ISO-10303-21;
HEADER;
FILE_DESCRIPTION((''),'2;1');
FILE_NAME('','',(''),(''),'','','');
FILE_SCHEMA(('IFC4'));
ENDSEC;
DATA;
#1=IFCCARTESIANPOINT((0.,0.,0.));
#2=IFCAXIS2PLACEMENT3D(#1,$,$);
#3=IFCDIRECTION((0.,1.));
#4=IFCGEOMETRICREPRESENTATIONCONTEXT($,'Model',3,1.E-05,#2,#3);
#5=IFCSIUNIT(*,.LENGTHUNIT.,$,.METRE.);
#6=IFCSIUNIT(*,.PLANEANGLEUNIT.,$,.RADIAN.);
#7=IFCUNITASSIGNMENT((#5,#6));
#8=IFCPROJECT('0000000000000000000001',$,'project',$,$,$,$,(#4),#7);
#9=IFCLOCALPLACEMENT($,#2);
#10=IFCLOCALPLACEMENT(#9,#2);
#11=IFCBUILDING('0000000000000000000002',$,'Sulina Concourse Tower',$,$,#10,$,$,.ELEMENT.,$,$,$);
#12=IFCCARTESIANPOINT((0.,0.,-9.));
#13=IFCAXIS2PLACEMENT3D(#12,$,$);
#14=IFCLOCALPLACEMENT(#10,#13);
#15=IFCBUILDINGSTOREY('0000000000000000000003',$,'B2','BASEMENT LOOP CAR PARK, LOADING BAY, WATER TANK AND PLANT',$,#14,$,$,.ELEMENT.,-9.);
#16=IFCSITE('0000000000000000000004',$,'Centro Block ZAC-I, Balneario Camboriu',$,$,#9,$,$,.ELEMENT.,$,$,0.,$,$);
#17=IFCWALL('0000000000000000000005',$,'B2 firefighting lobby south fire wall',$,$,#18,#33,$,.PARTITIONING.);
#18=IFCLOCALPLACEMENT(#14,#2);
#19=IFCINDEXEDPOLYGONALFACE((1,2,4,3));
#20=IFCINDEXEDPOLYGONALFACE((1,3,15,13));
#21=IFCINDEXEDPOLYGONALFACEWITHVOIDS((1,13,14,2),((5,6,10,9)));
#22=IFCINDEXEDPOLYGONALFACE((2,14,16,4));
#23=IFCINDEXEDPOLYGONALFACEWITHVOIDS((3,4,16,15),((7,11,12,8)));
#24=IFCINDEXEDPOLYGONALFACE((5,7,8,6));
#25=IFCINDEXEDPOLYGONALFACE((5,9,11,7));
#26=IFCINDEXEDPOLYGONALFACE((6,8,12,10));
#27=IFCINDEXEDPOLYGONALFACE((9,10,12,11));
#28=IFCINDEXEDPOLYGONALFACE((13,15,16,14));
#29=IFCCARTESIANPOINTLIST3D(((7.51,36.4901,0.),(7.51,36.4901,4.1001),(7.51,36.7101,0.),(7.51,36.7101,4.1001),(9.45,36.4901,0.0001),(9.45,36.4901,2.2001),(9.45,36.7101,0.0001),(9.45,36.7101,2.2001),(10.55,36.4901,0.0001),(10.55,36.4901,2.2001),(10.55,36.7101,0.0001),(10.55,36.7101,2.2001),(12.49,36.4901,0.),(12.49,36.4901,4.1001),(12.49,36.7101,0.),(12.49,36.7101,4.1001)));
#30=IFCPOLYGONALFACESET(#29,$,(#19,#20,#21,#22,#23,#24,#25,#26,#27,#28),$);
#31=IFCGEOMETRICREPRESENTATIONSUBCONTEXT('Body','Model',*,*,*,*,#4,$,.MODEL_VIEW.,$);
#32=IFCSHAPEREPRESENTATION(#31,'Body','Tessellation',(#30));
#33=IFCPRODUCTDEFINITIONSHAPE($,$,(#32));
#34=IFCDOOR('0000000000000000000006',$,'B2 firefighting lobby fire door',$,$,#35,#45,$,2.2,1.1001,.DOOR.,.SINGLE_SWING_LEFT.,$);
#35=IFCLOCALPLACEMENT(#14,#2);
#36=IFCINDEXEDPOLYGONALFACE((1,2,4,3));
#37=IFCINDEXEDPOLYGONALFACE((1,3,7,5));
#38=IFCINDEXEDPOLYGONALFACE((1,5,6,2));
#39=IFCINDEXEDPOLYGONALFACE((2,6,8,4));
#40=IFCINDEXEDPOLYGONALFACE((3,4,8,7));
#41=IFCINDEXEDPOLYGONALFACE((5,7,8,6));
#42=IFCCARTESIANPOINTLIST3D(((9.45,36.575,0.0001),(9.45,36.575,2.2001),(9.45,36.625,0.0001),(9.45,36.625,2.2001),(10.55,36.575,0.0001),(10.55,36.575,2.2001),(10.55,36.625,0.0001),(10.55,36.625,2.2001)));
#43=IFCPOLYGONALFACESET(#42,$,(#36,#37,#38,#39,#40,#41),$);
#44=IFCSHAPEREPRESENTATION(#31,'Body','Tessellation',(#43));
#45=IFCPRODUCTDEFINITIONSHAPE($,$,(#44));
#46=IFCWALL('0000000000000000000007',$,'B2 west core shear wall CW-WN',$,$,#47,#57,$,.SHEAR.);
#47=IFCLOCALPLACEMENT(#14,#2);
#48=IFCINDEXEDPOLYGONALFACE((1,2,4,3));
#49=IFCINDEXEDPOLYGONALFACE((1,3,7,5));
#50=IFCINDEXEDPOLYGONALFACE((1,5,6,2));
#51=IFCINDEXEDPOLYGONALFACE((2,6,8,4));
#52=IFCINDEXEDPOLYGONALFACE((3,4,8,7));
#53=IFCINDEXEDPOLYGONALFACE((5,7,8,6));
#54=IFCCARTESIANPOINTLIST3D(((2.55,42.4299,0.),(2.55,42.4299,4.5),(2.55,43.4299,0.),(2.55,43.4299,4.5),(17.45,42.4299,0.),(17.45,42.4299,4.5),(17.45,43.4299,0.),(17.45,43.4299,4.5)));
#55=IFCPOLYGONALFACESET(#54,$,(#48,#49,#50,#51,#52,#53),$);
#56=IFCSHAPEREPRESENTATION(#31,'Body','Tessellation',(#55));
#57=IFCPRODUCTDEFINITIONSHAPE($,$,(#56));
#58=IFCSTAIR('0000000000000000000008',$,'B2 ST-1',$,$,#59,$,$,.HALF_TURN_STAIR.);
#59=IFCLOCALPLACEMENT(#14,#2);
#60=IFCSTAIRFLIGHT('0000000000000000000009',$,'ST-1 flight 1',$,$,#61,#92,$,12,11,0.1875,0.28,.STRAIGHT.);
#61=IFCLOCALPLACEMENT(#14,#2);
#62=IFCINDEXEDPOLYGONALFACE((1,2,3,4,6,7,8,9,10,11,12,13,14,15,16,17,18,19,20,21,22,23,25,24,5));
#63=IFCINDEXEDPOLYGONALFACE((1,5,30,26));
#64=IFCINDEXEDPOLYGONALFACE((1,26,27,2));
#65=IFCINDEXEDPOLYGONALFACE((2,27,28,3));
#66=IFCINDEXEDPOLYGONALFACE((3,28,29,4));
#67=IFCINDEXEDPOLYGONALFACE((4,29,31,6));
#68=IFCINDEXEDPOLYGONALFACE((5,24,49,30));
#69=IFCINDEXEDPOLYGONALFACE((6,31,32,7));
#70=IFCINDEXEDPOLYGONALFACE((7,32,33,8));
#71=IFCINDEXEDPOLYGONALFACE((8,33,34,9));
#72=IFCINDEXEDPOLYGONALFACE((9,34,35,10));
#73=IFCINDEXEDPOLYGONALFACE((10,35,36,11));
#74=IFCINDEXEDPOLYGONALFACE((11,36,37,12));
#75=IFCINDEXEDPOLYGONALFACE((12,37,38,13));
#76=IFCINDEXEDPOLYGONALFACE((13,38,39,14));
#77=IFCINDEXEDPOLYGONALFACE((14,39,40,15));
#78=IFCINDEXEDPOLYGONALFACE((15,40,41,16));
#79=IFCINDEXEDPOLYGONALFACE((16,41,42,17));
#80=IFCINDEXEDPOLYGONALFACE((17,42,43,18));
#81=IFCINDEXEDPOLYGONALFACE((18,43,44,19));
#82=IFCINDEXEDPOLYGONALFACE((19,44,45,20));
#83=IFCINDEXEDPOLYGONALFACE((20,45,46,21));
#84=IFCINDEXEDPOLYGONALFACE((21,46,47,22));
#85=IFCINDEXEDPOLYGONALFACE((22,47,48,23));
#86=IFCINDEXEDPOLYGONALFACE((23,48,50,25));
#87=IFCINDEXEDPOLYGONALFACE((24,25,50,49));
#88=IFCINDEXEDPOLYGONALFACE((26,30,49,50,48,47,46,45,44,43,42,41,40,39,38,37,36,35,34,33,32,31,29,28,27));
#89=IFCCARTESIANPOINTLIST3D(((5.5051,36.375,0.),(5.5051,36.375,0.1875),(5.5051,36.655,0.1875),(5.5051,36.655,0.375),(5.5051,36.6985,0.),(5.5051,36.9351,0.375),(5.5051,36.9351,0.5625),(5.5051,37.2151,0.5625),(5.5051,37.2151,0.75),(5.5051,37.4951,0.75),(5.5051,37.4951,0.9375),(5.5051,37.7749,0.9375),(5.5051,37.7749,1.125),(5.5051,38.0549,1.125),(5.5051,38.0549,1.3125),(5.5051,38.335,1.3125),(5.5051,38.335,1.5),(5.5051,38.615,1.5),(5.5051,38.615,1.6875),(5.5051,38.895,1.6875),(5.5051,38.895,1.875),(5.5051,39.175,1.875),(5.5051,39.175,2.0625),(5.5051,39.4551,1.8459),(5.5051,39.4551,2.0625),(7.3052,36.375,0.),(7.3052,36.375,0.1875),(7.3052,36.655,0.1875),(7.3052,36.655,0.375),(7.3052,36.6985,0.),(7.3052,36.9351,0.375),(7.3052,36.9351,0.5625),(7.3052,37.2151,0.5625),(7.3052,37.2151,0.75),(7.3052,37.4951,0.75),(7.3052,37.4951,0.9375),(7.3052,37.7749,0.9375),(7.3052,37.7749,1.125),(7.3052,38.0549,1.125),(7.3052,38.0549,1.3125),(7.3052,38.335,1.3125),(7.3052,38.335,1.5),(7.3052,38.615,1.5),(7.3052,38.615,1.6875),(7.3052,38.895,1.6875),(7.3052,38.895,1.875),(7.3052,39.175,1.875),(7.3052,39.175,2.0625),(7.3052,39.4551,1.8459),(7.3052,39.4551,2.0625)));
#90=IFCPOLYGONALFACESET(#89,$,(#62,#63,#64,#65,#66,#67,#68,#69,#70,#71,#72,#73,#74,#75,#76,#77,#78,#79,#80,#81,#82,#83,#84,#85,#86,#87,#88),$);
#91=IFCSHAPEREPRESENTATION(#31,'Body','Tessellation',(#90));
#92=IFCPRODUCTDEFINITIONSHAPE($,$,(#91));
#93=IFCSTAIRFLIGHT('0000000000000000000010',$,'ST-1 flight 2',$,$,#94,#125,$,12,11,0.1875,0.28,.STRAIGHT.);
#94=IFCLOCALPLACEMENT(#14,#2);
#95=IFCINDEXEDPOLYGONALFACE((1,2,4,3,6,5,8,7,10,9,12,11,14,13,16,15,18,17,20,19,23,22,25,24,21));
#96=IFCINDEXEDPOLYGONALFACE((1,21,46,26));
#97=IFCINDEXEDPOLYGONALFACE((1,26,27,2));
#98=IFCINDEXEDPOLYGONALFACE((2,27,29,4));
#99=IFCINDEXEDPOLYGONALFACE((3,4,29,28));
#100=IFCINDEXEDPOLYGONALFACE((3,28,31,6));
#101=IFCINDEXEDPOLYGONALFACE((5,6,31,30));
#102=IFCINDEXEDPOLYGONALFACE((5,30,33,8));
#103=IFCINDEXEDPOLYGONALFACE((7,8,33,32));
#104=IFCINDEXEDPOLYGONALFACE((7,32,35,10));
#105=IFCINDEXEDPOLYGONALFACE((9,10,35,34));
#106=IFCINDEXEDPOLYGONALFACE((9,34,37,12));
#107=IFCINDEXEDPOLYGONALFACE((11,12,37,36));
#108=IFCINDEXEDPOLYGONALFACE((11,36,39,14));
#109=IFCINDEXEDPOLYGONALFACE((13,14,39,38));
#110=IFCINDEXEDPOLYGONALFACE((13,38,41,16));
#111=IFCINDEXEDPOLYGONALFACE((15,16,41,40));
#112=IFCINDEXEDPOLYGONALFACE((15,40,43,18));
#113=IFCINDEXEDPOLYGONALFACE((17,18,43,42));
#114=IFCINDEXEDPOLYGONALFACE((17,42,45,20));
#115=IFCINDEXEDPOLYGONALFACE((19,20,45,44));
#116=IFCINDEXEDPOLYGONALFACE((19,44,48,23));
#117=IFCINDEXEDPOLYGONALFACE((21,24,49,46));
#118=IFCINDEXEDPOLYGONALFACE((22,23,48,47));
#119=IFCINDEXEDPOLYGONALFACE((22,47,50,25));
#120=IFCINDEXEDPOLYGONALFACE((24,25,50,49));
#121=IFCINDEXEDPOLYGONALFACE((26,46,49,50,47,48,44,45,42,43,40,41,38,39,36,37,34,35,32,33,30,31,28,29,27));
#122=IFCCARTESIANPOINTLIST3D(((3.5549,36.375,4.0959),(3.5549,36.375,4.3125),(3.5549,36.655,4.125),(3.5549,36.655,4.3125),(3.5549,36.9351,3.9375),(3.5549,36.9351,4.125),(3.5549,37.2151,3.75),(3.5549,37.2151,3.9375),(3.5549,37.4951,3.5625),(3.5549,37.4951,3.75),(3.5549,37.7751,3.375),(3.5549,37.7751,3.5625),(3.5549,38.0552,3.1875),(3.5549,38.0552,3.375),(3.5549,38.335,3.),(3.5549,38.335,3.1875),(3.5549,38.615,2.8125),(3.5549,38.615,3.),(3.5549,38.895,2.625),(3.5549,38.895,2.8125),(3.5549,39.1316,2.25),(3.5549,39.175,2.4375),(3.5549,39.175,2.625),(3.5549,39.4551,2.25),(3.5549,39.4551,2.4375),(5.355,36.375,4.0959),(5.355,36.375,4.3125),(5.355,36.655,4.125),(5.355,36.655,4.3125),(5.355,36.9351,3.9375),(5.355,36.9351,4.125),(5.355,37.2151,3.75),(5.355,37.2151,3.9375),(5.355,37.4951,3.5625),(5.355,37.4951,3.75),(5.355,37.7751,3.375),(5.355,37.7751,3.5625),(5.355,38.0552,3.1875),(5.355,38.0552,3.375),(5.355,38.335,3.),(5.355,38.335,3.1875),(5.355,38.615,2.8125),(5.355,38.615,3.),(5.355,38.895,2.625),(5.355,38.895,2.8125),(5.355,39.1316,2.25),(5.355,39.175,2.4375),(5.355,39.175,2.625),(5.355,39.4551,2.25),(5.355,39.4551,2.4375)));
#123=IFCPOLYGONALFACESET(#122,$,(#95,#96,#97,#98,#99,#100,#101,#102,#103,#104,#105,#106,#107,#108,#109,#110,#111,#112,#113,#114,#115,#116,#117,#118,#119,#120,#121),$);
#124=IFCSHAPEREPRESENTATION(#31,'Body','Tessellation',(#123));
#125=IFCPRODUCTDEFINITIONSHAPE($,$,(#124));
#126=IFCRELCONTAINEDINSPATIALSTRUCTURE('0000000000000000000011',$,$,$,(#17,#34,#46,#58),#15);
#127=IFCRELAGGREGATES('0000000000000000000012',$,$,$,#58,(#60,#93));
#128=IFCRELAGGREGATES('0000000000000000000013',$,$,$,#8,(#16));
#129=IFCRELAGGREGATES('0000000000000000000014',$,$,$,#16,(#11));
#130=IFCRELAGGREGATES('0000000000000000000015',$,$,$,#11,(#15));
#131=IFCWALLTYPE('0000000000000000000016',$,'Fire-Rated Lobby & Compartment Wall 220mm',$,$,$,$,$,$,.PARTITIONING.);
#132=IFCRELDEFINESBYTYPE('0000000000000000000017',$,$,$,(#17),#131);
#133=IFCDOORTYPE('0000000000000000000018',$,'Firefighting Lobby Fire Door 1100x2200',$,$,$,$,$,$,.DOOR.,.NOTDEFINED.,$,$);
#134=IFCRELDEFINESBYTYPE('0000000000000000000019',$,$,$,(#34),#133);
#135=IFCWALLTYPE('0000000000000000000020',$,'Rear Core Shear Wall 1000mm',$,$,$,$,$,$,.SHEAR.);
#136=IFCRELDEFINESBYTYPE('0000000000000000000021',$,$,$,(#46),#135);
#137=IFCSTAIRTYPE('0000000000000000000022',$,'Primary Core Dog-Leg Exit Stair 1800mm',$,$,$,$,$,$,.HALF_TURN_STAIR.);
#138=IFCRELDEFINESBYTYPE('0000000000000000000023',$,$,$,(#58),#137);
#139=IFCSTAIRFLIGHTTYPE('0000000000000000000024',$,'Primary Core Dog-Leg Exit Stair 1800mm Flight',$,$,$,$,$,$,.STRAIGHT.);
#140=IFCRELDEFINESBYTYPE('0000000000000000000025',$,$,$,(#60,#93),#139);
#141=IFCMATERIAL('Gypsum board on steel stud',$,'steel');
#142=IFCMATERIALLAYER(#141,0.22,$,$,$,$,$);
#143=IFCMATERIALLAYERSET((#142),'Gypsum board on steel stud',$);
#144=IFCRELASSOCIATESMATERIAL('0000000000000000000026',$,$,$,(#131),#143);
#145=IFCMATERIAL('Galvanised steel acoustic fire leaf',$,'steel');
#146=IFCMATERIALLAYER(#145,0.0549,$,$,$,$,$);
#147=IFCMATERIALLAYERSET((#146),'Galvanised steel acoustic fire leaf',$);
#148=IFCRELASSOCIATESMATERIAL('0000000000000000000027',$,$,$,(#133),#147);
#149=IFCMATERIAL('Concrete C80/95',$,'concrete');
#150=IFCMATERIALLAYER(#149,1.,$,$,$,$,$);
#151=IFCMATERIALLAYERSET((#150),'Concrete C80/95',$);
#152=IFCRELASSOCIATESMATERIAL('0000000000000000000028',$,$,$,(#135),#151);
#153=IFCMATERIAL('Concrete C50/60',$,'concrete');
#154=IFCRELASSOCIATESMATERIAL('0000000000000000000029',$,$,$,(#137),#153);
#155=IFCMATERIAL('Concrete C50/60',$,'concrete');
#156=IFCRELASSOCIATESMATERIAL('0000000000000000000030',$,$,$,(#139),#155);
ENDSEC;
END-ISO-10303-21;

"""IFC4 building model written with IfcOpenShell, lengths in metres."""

from ifc_helpers import new_model, si_unit, direction, frame, frame_2d, origin, place, context, subcontext, project, spatial, polyline, rectangle, outline, extrude, material, layer, layer_set, type_object, element, fill, aggregate, save


model = new_model("IFC4")

# Units and contexts
model_context = context("Model", 3, precision=1e-05, world=origin(), true_north=direction((0.0, 1.0)))
body_context = subcontext(model_context, "Body", "Model", "MODEL_VIEW")
ifc_project = project(units=[si_unit("LENGTHUNIT", "METRE"), si_unit("PLANEANGLEUNIT", "RADIAN")], contexts=[model_context])

# Site, building, storey
site_placement = place(None, origin())
site = spatial("IfcSite", under=ifc_project, at=site_placement, Name="Centro Block ZAC-I, Balneario Camboriu", CompositionType="ELEMENT", RefElevation=0.0)
building_placement = place(site_placement, origin())
building = spatial("IfcBuilding", under=site, at=building_placement, Name="Sulina Concourse Tower", CompositionType="ELEMENT")
storey_placement = place(building_placement, frame((0.0, 0.0, -9.0)))
storey = spatial("IfcBuildingStorey", under=building, at=storey_placement, Name="B2", Description="BASEMENT LOOP CAR PARK, LOADING BAY, WATER TANK AND PLANT", CompositionType="ELEMENT", Elevation=-9.0)

# Wall, opening, door
ifc_material_1 = material(Name="Gypsum board on steel stud", Category="steel")
ifc_layer_1 = layer(ifc_material_1, 0.22)
ifc_layer_set_1 = layer_set([ifc_layer_1], Name="Gypsum board on steel stud")
wall_type_1 = type_object("IfcWallType", Name="Fire-Rated Lobby & Compartment Wall 220mm", PredefinedType="PARTITIONING", material=ifc_layer_set_1)
wall_1_placement = place(storey_placement, frame((7.51, 36.6001, 0.0), z_axis=(0.0, 0.0, 1.0), x_axis=(1.0, 0.0, 0.0)))
wall_1 = element("IfcWall", 1, at=wall_1_placement, inside=storey, type_object=wall_type_1, Name="B2 firefighting lobby south fire wall", PredefinedType="PARTITIONING", context=body_context, shape_type="SweptSolid", body=[
    extrude(rectangle(XDim=4.98, YDim=0.22, at=frame_2d((2.49, 0.0))), origin(), (0.0, 0.0, 1.0), 4.1001),
])
opening_placement = place(wall_1_placement, frame((1.9399, 0.0, 0.0)))
opening = element("IfcOpeningElement", 2, at=opening_placement, cuts=wall_1, PredefinedType="OPENING", context=body_context, shape_type="SweptSolid", body=[
    extrude(rectangle(XDim=1.1001, YDim=2.2, at=frame_2d((0.55, 1.1001))), frame((0.0, 0.1199, 0.0), z_axis=(0.0, -1.0, 0.0), x_axis=(1.0, 0.0, 0.0)), (0.0, 0.0, 1.0), 0.24),
])
ifc_material_2 = material(Name="Galvanised steel acoustic fire leaf", Category="steel")
ifc_layer_2 = layer(ifc_material_2, 0.0549)
ifc_layer_set_2 = layer_set([ifc_layer_2], Name="Galvanised steel acoustic fire leaf")
door_type = type_object("IfcDoorType", Name="Firefighting Lobby Fire Door 1100x2200", OperationType="NOTDEFINED", PredefinedType="DOOR", material=ifc_layer_set_2)
door_placement = place(opening_placement, origin())
door = element("IfcDoor", 3, at=door_placement, inside=storey, type_object=door_type, Name="B2 firefighting lobby fire door", OperationType="SINGLE_SWING_LEFT", OverallHeight=2.2, OverallWidth=1.1001, PredefinedType="DOOR", context=body_context, shape_type="SweptSolid", body=[
    extrude(rectangle(XDim=1.1001, YDim=2.2, at=frame_2d((0.55, 1.1001))), frame((0.0, 0.0249, 0.0), z_axis=(0.0, -1.0, 0.0), x_axis=(1.0, 0.0, 0.0)), (0.0, 0.0, 1.0), 0.05),
])
fill(opening, door)

# Wall
ifc_material_3 = material(Name="Concrete C80/95", Category="concrete")
ifc_layer_3 = layer(ifc_material_3, 1.0)
ifc_layer_set_3 = layer_set([ifc_layer_3], Name="Concrete C80/95")
wall_type_2 = type_object("IfcWallType", Name="Rear Core Shear Wall 1000mm", PredefinedType="SHEAR", material=ifc_layer_set_3)
wall_2_placement = place(storey_placement, frame((2.55, 42.9299, 0.0), z_axis=(0.0, 0.0, 1.0), x_axis=(1.0, 0.0, 0.0)))
element("IfcWall", 4, at=wall_2_placement, inside=storey, type_object=wall_type_2, Name="B2 west core shear wall CW-WN", PredefinedType="SHEAR", context=body_context, shape_type="SweptSolid", body=[
    extrude(rectangle(XDim=14.8999, YDim=1.0, at=frame_2d((7.45, 0.0))), origin(), (0.0, 0.0, 1.0), 4.5),
])

# Stair, stair flights
ifc_material_4 = material(Name="Concrete C50/60", Category="concrete")
stair_type = type_object("IfcStairType", Name="Primary Core Dog-Leg Exit Stair 1800mm", PredefinedType="HALF_TURN_STAIR", material=ifc_material_4)
stair_placement = place(storey_placement, origin())
stair = element("IfcStair", 5, at=stair_placement, inside=storey, type_object=stair_type, Name="B2 ST-1", PredefinedType="HALF_TURN_STAIR")
ifc_material_5 = material(Name="Concrete C50/60", Category="concrete")
stair_flight_type = type_object("IfcStairFlightType", Name="Primary Core Dog-Leg Exit Stair 1800mm Flight", PredefinedType="STRAIGHT", material=ifc_material_5)
stair_flight_1_placement = place(storey_placement, frame((6.405, 36.375, 0.0), z_axis=(0.0, 0.0, 1.0), x_axis=(0.0, 1.0, 0.0)))
stair_flight_1 = element("IfcStairFlight", 6, at=stair_flight_1_placement, type_object=stair_flight_type, Name="ST-1 flight 1", NumberOfRisers=12, NumberOfTreads=11, PredefinedType="STRAIGHT", RiserHeight=0.1875, TreadLength=0.28, context=body_context, shape_type="SweptSolid", body=[
    extrude(outline(polyline([(0.0, 0.0), (0.0, 0.1875), (0.28, 0.1875), (0.28, 0.375), (0.5601, 0.375), (0.5601, 0.5625), (0.8401, 0.5625), (0.8401, 0.75), (1.1201, 0.75), (1.1201, 0.9375), (1.3999, 0.9375), (1.3999, 1.125), (1.6799, 1.125), (1.6799, 1.3125), (1.96, 1.3125), (1.96, 1.5), (2.24, 1.5), (2.24, 1.6875), (2.52, 1.6875), (2.52, 1.875), (2.8, 1.875), (2.8, 2.0625), (3.0801, 2.0625), (3.0801, 2.25), (3.0801, 1.8459), (0.3235, 0.0), (0.0, 0.0)])), frame((0.0, 0.8999, 0.0), z_axis=(0.0, -1.0, 0.0), x_axis=(1.0, 0.0, 0.0)), (0.0, 0.0, 1.0), 1.8),
])
stair_flight_2_placement = place(storey_placement, frame((4.4551, 39.4551, 2.25), z_axis=(0.0, 0.0, 1.0), x_axis=(0.0, -1.0, 0.0)))
stair_flight_2 = element("IfcStairFlight", 7, at=stair_flight_2_placement, type_object=stair_flight_type, Name="ST-1 flight 2", NumberOfRisers=12, NumberOfTreads=11, PredefinedType="STRAIGHT", RiserHeight=0.1875, TreadLength=0.28, context=body_context, shape_type="SweptSolid", body=[
    extrude(outline(polyline([(0.0, 0.0), (0.0, 0.1875), (0.28, 0.1875), (0.28, 0.375), (0.5601, 0.375), (0.5601, 0.5625), (0.8401, 0.5625), (0.8401, 0.75), (1.1201, 0.75), (1.1201, 0.9375), (1.3999, 0.9375), (1.3999, 1.125), (1.6799, 1.125), (1.6799, 1.3125), (1.96, 1.3125), (1.96, 1.5), (2.24, 1.5), (2.24, 1.6875), (2.52, 1.6875), (2.52, 1.875), (2.8, 1.875), (2.8, 2.0625), (3.0801, 2.0625), (3.0801, 2.25), (3.0801, 1.8459), (0.3235, 0.0), (0.0, 0.0)])), frame((0.0, 0.8999, 0.0), z_axis=(0.0, -1.0, 0.0), x_axis=(1.0, 0.0, 0.0)), (0.0, 0.0, 1.0), 1.8),
])
aggregate(stair, [stair_flight_1, stair_flight_2])

save(model, "model.ifc")
